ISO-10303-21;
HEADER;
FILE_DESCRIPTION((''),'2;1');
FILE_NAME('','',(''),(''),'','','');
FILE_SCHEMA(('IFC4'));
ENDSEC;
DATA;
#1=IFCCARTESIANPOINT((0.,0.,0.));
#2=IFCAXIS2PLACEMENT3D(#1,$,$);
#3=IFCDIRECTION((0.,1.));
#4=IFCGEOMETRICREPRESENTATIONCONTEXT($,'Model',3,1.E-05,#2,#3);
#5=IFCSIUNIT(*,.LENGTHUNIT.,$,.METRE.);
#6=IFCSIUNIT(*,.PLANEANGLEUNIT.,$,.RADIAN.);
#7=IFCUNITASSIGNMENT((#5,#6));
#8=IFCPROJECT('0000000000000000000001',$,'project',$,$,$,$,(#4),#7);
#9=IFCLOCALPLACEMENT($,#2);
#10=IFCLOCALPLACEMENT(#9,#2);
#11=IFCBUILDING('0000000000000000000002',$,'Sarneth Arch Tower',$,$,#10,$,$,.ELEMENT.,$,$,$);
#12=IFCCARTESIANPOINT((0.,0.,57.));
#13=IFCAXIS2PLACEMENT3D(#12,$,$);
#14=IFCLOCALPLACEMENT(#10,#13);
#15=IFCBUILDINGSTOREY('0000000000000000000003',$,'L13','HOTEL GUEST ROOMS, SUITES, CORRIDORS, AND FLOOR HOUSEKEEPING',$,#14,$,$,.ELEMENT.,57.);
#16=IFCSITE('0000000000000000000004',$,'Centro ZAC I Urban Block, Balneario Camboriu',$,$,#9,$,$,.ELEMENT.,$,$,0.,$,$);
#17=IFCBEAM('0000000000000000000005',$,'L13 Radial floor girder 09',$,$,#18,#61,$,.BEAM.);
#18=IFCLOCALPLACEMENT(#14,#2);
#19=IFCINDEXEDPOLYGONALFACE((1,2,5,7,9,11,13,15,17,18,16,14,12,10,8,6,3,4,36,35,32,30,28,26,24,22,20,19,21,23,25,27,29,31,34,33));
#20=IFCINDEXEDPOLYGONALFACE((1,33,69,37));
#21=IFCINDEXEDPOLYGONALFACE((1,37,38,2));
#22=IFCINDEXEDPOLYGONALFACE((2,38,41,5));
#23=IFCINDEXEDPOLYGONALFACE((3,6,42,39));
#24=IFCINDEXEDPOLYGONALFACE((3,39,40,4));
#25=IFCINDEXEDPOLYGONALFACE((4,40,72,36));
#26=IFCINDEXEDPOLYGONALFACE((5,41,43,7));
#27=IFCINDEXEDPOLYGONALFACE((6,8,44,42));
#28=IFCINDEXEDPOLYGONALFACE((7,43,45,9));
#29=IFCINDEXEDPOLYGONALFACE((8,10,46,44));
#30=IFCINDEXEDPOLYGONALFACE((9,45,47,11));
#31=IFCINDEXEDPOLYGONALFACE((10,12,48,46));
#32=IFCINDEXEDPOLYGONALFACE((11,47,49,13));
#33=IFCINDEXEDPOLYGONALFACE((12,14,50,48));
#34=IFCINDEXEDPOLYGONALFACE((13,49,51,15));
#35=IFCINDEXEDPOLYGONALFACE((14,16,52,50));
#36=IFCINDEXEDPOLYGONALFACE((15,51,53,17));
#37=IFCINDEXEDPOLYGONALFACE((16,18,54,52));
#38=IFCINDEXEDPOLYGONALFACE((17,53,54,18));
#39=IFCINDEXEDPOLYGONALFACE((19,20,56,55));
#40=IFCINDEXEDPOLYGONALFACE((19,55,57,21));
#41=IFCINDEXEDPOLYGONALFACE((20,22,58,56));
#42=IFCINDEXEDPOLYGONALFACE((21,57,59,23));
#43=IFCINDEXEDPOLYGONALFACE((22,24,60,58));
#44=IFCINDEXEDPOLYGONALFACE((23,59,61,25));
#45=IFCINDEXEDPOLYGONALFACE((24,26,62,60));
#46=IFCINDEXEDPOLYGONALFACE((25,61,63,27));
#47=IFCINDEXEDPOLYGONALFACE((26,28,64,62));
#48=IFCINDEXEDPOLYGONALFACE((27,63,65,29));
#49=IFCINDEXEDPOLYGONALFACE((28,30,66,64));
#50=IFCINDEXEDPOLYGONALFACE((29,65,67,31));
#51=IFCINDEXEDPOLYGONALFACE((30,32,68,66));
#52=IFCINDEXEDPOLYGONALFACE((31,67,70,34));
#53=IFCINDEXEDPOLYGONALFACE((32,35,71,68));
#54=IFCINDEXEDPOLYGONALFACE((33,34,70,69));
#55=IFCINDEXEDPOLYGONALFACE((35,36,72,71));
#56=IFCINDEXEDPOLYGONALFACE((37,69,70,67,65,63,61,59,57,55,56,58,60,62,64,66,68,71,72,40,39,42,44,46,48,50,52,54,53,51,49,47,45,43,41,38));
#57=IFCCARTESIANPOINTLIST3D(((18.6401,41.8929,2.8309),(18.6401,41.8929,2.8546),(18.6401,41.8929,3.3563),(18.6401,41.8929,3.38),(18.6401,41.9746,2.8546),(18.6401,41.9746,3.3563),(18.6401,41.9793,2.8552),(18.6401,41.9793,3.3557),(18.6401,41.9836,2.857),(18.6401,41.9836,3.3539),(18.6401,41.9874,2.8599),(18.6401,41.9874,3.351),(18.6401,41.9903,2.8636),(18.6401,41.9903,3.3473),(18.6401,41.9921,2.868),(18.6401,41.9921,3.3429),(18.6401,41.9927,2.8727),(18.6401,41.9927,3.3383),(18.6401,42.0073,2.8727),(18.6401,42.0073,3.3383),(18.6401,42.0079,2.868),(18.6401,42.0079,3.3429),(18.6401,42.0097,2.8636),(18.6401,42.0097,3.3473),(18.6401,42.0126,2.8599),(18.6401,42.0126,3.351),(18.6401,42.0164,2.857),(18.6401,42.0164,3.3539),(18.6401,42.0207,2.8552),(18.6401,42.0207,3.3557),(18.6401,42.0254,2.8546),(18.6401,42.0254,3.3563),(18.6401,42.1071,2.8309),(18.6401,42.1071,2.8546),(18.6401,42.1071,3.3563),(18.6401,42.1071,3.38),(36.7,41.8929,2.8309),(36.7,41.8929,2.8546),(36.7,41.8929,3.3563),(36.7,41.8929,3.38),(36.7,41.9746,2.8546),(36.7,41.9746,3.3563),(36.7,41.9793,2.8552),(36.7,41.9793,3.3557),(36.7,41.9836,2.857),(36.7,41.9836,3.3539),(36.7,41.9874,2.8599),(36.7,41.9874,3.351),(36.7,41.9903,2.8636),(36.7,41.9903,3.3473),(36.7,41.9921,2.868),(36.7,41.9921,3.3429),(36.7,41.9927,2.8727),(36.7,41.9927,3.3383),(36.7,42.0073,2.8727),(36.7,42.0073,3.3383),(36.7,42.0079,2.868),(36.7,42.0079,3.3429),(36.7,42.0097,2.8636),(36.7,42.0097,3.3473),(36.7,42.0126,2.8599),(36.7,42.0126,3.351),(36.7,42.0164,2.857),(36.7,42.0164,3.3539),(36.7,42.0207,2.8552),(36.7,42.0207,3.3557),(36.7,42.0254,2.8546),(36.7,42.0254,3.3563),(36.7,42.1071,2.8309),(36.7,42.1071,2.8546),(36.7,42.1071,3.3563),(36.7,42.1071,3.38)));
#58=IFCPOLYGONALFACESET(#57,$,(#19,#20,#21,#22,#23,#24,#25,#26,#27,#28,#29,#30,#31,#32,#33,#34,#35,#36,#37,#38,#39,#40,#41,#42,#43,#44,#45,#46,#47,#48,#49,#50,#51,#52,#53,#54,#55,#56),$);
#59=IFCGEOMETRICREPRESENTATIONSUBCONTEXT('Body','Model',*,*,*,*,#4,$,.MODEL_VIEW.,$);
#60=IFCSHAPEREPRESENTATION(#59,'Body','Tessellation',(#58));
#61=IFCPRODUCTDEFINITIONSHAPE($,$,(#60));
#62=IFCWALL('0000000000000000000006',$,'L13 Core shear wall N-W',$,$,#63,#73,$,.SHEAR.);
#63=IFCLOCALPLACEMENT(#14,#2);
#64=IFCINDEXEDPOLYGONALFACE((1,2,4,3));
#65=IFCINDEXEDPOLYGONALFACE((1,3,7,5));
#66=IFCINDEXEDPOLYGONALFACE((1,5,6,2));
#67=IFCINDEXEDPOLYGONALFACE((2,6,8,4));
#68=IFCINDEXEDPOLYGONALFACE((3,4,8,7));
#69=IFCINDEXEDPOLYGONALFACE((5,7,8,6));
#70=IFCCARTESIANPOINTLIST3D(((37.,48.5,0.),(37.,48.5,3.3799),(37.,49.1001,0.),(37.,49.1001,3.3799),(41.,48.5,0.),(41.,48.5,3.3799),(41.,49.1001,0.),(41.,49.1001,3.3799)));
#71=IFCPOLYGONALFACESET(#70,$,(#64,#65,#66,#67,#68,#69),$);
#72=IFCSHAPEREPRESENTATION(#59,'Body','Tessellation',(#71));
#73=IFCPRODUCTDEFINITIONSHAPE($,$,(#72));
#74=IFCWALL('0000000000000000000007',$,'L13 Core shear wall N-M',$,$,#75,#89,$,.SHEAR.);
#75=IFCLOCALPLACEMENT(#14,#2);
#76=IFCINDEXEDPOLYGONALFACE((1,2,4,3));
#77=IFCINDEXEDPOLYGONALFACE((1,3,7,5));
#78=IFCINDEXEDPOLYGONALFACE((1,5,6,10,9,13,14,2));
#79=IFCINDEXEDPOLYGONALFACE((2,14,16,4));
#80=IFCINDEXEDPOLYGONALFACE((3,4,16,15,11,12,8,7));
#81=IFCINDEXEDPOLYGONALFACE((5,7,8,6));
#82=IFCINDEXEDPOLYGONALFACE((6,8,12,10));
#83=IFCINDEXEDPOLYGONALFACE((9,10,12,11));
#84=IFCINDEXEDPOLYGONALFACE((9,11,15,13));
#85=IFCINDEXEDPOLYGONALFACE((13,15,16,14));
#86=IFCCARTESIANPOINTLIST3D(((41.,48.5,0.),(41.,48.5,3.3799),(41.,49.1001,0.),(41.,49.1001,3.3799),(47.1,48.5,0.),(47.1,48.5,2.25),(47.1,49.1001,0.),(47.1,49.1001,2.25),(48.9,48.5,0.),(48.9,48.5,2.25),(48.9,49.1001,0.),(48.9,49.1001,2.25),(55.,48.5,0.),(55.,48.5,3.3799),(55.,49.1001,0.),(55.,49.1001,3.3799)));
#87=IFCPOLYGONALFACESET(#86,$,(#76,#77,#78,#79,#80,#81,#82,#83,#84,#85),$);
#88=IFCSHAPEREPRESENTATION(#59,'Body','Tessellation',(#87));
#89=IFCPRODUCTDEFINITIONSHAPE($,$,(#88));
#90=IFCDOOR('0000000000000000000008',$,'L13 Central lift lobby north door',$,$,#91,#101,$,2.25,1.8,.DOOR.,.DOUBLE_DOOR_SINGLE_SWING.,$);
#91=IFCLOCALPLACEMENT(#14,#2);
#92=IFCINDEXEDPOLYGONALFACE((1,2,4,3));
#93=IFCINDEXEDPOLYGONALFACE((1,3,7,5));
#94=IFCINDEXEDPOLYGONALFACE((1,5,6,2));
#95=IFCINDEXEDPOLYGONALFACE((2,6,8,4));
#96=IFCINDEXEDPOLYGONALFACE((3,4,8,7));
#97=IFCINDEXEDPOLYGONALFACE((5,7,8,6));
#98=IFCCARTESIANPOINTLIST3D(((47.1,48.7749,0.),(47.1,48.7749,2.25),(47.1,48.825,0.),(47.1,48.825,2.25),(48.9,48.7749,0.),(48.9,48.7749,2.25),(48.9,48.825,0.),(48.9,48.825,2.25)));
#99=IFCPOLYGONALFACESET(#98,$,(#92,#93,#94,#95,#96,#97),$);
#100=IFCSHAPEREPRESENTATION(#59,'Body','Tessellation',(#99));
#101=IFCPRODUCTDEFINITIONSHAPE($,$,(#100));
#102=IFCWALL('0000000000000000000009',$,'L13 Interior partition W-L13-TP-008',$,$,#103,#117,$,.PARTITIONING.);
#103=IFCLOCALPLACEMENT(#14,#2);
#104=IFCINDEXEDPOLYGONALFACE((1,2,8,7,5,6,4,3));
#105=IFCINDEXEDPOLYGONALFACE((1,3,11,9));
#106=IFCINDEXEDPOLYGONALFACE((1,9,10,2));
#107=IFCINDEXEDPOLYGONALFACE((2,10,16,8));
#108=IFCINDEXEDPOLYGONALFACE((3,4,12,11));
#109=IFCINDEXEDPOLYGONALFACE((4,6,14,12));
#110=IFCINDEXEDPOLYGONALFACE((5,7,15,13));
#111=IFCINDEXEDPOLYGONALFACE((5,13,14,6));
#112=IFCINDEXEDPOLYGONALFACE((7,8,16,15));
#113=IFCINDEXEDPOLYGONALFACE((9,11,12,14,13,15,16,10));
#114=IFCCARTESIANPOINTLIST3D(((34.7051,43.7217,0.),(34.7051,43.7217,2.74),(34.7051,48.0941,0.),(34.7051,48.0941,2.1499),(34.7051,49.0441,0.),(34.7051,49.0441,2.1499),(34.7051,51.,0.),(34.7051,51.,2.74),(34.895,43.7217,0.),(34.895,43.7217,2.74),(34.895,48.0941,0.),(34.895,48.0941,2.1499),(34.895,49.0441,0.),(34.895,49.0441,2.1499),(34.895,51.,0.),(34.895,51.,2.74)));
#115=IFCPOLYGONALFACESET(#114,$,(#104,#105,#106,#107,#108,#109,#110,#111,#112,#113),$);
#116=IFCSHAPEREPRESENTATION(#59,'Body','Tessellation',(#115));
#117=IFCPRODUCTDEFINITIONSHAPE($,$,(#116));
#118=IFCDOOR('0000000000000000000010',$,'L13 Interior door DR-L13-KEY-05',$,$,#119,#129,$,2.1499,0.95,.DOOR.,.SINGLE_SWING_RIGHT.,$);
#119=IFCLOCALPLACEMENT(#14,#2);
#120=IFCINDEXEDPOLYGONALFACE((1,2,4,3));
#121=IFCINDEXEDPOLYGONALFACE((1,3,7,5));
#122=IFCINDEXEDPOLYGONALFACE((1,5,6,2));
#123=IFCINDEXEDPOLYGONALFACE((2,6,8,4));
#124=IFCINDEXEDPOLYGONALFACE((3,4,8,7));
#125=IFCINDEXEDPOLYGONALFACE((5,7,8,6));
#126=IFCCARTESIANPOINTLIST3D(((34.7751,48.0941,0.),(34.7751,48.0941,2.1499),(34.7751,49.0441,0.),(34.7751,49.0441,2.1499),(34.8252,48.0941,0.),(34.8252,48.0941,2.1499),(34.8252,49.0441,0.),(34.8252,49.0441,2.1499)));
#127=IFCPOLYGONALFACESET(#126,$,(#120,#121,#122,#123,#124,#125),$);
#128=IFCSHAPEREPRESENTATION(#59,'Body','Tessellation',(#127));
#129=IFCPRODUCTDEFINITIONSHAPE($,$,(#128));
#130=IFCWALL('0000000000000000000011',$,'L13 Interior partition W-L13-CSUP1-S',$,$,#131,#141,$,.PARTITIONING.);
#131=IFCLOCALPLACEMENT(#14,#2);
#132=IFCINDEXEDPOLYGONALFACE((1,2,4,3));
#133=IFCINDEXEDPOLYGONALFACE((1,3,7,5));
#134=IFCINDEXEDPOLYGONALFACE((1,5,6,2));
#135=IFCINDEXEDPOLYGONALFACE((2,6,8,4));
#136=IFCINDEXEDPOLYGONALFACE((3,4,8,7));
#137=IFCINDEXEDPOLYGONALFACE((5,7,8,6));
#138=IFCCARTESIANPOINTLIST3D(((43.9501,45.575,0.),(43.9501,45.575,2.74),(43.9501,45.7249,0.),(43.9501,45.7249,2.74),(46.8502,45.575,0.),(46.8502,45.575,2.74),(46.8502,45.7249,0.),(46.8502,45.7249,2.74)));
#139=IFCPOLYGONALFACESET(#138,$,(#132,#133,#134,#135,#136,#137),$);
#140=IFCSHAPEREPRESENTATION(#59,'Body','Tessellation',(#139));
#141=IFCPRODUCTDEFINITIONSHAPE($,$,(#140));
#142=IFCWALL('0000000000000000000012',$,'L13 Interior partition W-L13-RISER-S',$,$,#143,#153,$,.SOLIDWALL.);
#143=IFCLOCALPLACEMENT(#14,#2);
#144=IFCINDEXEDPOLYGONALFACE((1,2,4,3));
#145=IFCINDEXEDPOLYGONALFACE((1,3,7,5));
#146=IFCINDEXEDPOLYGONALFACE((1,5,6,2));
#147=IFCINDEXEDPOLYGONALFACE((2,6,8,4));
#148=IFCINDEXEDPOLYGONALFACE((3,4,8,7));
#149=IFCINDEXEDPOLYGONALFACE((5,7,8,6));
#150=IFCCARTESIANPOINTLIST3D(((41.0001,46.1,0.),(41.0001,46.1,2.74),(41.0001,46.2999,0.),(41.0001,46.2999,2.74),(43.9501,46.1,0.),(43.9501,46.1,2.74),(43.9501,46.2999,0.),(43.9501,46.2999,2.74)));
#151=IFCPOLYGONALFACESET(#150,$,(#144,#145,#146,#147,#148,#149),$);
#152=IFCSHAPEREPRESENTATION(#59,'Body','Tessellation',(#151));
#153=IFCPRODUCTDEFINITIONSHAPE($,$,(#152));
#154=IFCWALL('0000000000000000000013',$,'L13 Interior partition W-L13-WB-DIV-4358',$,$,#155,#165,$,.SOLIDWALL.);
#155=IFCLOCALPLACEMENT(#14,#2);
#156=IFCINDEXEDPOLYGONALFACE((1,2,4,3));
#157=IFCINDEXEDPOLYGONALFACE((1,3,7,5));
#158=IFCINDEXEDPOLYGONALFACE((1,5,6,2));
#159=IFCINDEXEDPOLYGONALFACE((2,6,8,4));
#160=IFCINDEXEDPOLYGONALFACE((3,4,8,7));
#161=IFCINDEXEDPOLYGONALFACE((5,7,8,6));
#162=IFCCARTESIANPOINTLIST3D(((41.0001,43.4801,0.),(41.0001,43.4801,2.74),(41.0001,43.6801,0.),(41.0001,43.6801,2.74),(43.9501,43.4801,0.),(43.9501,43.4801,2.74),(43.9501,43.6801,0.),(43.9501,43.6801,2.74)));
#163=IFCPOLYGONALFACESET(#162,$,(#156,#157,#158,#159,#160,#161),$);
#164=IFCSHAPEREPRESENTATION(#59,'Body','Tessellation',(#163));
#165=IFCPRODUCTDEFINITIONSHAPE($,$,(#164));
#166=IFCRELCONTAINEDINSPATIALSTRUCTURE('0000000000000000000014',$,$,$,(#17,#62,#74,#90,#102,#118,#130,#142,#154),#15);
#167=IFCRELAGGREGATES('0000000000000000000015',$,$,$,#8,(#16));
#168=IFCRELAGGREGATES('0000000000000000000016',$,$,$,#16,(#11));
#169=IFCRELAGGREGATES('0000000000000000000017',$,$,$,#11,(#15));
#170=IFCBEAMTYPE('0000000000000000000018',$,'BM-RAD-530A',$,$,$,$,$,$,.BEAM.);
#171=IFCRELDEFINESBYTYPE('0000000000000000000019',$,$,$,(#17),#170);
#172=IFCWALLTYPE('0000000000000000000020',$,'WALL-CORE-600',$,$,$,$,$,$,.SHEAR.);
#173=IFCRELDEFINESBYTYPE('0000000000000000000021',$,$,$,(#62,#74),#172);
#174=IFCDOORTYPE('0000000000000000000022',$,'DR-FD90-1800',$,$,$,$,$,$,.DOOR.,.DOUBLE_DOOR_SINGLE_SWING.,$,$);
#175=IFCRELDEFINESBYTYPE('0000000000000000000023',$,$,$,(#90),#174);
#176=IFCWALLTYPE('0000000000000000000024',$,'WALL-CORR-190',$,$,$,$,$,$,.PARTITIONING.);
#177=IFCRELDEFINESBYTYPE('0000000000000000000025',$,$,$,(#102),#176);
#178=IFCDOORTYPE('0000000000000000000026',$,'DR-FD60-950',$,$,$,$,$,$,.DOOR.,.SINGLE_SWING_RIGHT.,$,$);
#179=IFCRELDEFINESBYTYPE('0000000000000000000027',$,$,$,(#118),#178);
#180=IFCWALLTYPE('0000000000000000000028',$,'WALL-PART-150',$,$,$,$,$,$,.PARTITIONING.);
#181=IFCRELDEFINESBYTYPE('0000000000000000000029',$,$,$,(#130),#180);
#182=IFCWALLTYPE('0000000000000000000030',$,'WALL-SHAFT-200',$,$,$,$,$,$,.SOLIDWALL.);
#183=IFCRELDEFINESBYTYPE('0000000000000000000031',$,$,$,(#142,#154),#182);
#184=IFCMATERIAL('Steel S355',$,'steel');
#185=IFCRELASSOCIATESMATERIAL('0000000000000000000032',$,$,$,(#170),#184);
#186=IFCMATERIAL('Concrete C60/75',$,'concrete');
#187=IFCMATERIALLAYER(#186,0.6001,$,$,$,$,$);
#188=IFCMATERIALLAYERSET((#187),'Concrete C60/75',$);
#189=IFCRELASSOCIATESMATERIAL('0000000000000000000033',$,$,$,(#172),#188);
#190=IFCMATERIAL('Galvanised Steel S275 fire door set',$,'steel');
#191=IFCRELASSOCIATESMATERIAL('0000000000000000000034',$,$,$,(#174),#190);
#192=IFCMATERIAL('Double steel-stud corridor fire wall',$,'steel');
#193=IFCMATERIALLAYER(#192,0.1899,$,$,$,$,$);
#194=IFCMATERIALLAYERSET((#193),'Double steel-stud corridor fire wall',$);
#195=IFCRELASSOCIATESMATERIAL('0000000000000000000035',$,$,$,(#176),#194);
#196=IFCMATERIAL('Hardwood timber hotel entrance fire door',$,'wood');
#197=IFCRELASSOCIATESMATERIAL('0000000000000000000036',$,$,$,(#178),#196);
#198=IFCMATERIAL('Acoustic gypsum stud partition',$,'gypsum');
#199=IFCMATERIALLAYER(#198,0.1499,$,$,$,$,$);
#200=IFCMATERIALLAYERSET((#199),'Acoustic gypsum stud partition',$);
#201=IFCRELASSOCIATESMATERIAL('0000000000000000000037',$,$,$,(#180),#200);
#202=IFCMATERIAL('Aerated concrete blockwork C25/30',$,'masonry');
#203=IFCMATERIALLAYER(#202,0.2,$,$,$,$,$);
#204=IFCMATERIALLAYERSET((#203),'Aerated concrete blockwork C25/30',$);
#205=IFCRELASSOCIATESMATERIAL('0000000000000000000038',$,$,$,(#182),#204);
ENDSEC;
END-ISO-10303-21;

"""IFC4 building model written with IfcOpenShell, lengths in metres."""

from ifc_helpers import new_model, si_unit, direction, frame, frame_2d, origin, origin_2d, place, context, subcontext, project, spatial, rectangle, i_section, extrude, material, layer, layer_set, material_profile, profile_set, type_object, element, fill, save


model = new_model("IFC4")

# Units and contexts
model_context = context("Model", 3, precision=1e-05, world=origin(), true_north=direction((0.0, 1.0)))
body_context = subcontext(model_context, "Body", "Model", "MODEL_VIEW")
ifc_project = project(units=[si_unit("LENGTHUNIT", "METRE"), si_unit("PLANEANGLEUNIT", "RADIAN")], contexts=[model_context])

# Site, building, storey
site_placement = place(None, origin())
site = spatial("IfcSite", under=ifc_project, at=site_placement, Name="Centro ZAC I Urban Block, Balneario Camboriu", CompositionType="ELEMENT", RefElevation=0.0)
building_placement = place(site_placement, origin())
building = spatial("IfcBuilding", under=site, at=building_placement, Name="Sarneth Arch Tower", CompositionType="ELEMENT")
storey_placement = place(building_placement, frame((0.0, 0.0, 57.0)))
storey = spatial("IfcBuildingStorey", under=building, at=storey_placement, Name="L13", Description="HOTEL GUEST ROOMS, SUITES, CORRIDORS, AND FLOOR HOUSEKEEPING", CompositionType="ELEMENT", Elevation=57.0)

# Beam
ifc_material_1 = material(Name="Steel S355", Category="steel")
ifc_material_profile = material_profile(ifc_material_1, i_section(OverallWidth=0.2141, OverallDepth=0.5491, WebThickness=0.0146, FlangeThickness=0.0237, FilletRadius=0.0181, at=origin_2d()), Name="W530x138")
ifc_profile_set = profile_set([ifc_material_profile], Name="Steel S355")
beam_type = type_object("IfcBeamType", Name="BM-RAD-530A", PredefinedType="BEAM", material=ifc_profile_set)
beam_1_placement = place(storey_placement, frame((36.7, 42.0, 3.1055), z_axis=(-1.0, 0.0, 0.0), x_axis=(0.0, -1.0, 0.0)))
element("IfcBeam", 1, at=beam_1_placement, inside=storey, type_object=beam_type, Name="L13 Radial floor girder 09", PredefinedType="BEAM", context=body_context, shape_type="SweptSolid", body=[
    extrude(i_section(OverallWidth=0.2141, OverallDepth=0.5491, WebThickness=0.0146, FlangeThickness=0.0237, FilletRadius=0.0181, at=origin_2d()), origin(), (0.0, 0.0, 1.0), 18.0598),
])

# Wall
ifc_material_2 = material(Name="Concrete C60/75", Category="concrete")
ifc_layer_1 = layer(ifc_material_2, 0.6001)
ifc_layer_set_1 = layer_set([ifc_layer_1], Name="Concrete C60/75")
wall_type_1 = type_object("IfcWallType", Name="WALL-CORE-600", PredefinedType="SHEAR", material=ifc_layer_set_1)
wall_1_placement = place(storey_placement, frame((37.0, 48.8, 0.0), z_axis=(0.0, 0.0, 1.0), x_axis=(1.0, 0.0, 0.0)))
element("IfcWall", 2, at=wall_1_placement, inside=storey, type_object=wall_type_1, Name="L13 Core shear wall N-W", PredefinedType="SHEAR", context=body_context, shape_type="SweptSolid", body=[
    extrude(rectangle(XDim=4.0, YDim=0.6001, at=frame_2d((2.0, 0.0))), origin(), (0.0, 0.0, 1.0), 3.3799),
])

# Walls, openings, doors
wall_2_placement = place(storey_placement, frame((41.0, 48.8, 0.0), z_axis=(0.0, 0.0, 1.0), x_axis=(1.0, 0.0, 0.0)))
wall_2 = element("IfcWall", 3, at=wall_2_placement, inside=storey, type_object=wall_type_1, Name="L13 Core shear wall N-M", PredefinedType="SHEAR", context=body_context, shape_type="SweptSolid", body=[
    extrude(rectangle(XDim=14.0, YDim=0.6001, at=frame_2d((7.0, 0.0))), origin(), (0.0, 0.0, 1.0), 3.3799),
])
opening_1_placement = place(wall_2_placement, frame((6.1001, 0.0, 0.0)))
opening_1 = element("IfcOpeningElement", 4, at=opening_1_placement, cuts=wall_2, PredefinedType="OPENING", context=body_context, shape_type="SweptSolid", body=[
    extrude(rectangle(XDim=1.8, YDim=2.25, at=frame_2d((0.8999, 1.125))), frame((0.0, 0.3101, 0.0), z_axis=(0.0, -1.0, 0.0), x_axis=(1.0, 0.0, 0.0)), (0.0, 0.0, 1.0), 0.6201),
])
ifc_material_3 = material(Name="Galvanised Steel S275 fire door set", Category="steel")
door_type_1 = type_object("IfcDoorType", Name="DR-FD90-1800", OperationType="DOUBLE_DOOR_SINGLE_SWING", PredefinedType="DOOR", material=ifc_material_3)
door_1_placement = place(opening_1_placement, origin())
door_1 = element("IfcDoor", 5, at=door_1_placement, inside=storey, type_object=door_type_1, Name="L13 Central lift lobby north door", OperationType="DOUBLE_DOOR_SINGLE_SWING", OverallHeight=2.25, OverallWidth=1.8, PredefinedType="DOOR", context=body_context, shape_type="SweptSolid", body=[
    extrude(rectangle(XDim=1.8, YDim=2.25, at=frame_2d((0.8999, 1.125))), frame((0.0, 0.0249, 0.0), z_axis=(0.0, -1.0, 0.0), x_axis=(1.0, 0.0, 0.0)), (0.0, 0.0, 1.0), 0.05),
])
fill(opening_1, door_1)
ifc_material_4 = material(Name="Double steel-stud corridor fire wall", Category="steel")
ifc_layer_2 = layer(ifc_material_4, 0.1899)
ifc_layer_set_2 = layer_set([ifc_layer_2], Name="Double steel-stud corridor fire wall")
wall_type_2 = type_object("IfcWallType", Name="WALL-CORR-190", PredefinedType="PARTITIONING", material=ifc_layer_set_2)
wall_3_placement = place(storey_placement, frame((34.8, 43.7217, 0.0), z_axis=(0.0, 0.0, 1.0), x_axis=(0.0, 1.0, 0.0)))
wall_3 = element("IfcWall", 6, at=wall_3_placement, inside=storey, type_object=wall_type_2, Name="L13 Interior partition W-L13-TP-008", PredefinedType="PARTITIONING", context=body_context, shape_type="SweptSolid", body=[
    extrude(rectangle(XDim=7.2783, YDim=0.1899, at=frame_2d((3.6392, 0.0))), origin(), (0.0, 0.0, 1.0), 2.74),
])
opening_2_placement = place(wall_3_placement, frame((4.3723, 0.0, 0.0)))
opening_2 = element("IfcOpeningElement", 7, at=opening_2_placement, cuts=wall_3, PredefinedType="OPENING", context=body_context, shape_type="SweptSolid", body=[
    extrude(rectangle(XDim=0.95, YDim=2.1499, at=frame_2d((0.4751, 1.075))), frame((0.0, 0.105, 0.0), z_axis=(0.0, -1.0, 0.0), x_axis=(1.0, 0.0, 0.0)), (0.0, 0.0, 1.0), 0.21),
])
ifc_material_5 = material(Name="Hardwood timber hotel entrance fire door", Category="wood")
door_type_2 = type_object("IfcDoorType", Name="DR-FD60-950", OperationType="SINGLE_SWING_RIGHT", PredefinedType="DOOR", material=ifc_material_5)
door_2_placement = place(opening_2_placement, origin())
door_2 = element("IfcDoor", 8, at=door_2_placement, inside=storey, type_object=door_type_2, Name="L13 Interior door DR-L13-KEY-05", OperationType="SINGLE_SWING_RIGHT", OverallHeight=2.1499, OverallWidth=0.95, PredefinedType="DOOR", context=body_context, shape_type="SweptSolid", body=[
    extrude(rectangle(XDim=0.95, YDim=2.1499, at=frame_2d((0.4751, 1.075))), frame((0.0, 0.0249, 0.0), z_axis=(0.0, -1.0, 0.0), x_axis=(1.0, 0.0, 0.0)), (0.0, 0.0, 1.0), 0.05),
])
fill(opening_2, door_2)

# Wall
ifc_material_6 = material(Name="Acoustic gypsum stud partition", Category="gypsum")
ifc_layer_3 = layer(ifc_material_6, 0.1499)
ifc_layer_set_3 = layer_set([ifc_layer_3], Name="Acoustic gypsum stud partition")
wall_type_3 = type_object("IfcWallType", Name="WALL-PART-150", PredefinedType="PARTITIONING", material=ifc_layer_set_3)
wall_4_placement = place(storey_placement, frame((43.95, 45.6499, 0.0), z_axis=(0.0, 0.0, 1.0), x_axis=(1.0, 0.0, 0.0)))
element("IfcWall", 9, at=wall_4_placement, inside=storey, type_object=wall_type_3, Name="L13 Interior partition W-L13-CSUP1-S", PredefinedType="PARTITIONING", context=body_context, shape_type="SweptSolid", body=[
    extrude(rectangle(XDim=2.9001, YDim=0.1499, at=frame_2d((1.4502, 0.0))), origin(), (0.0, 0.0, 1.0), 2.74),
])

# Wall
ifc_material_7 = material(Name="Aerated concrete blockwork C25/30", Category="masonry")
ifc_layer_4 = layer(ifc_material_7, 0.2)
ifc_layer_set_4 = layer_set([ifc_layer_4], Name="Aerated concrete blockwork C25/30")
wall_type_4 = type_object("IfcWallType", Name="WALL-SHAFT-200", PredefinedType="SOLIDWALL", material=ifc_layer_set_4)
wall_5_placement = place(storey_placement, frame((41.0, 46.2, 0.0), z_axis=(0.0, 0.0, 1.0), x_axis=(1.0, 0.0, 0.0)))
element("IfcWall", 10, at=wall_5_placement, inside=storey, type_object=wall_type_4, Name="L13 Interior partition W-L13-RISER-S", PredefinedType="SOLIDWALL", context=body_context, shape_type="SweptSolid", body=[
    extrude(rectangle(XDim=2.95, YDim=0.2, at=frame_2d((1.4751, 0.0))), origin(), (0.0, 0.0, 1.0), 2.74),
])

# Wall
wall_6_placement = place(storey_placement, frame((41.0, 43.5801, 0.0), z_axis=(0.0, 0.0, 1.0), x_axis=(1.0, 0.0, 0.0)))
element("IfcWall", 11, at=wall_6_placement, inside=storey, type_object=wall_type_4, Name="L13 Interior partition W-L13-WB-DIV-4358", PredefinedType="SOLIDWALL", context=body_context, shape_type="SweptSolid", body=[
    extrude(rectangle(XDim=2.95, YDim=0.2, at=frame_2d((1.4751, 0.0))), origin(), (0.0, 0.0, 1.0), 2.74),
])

save(model, "model.ifc")
